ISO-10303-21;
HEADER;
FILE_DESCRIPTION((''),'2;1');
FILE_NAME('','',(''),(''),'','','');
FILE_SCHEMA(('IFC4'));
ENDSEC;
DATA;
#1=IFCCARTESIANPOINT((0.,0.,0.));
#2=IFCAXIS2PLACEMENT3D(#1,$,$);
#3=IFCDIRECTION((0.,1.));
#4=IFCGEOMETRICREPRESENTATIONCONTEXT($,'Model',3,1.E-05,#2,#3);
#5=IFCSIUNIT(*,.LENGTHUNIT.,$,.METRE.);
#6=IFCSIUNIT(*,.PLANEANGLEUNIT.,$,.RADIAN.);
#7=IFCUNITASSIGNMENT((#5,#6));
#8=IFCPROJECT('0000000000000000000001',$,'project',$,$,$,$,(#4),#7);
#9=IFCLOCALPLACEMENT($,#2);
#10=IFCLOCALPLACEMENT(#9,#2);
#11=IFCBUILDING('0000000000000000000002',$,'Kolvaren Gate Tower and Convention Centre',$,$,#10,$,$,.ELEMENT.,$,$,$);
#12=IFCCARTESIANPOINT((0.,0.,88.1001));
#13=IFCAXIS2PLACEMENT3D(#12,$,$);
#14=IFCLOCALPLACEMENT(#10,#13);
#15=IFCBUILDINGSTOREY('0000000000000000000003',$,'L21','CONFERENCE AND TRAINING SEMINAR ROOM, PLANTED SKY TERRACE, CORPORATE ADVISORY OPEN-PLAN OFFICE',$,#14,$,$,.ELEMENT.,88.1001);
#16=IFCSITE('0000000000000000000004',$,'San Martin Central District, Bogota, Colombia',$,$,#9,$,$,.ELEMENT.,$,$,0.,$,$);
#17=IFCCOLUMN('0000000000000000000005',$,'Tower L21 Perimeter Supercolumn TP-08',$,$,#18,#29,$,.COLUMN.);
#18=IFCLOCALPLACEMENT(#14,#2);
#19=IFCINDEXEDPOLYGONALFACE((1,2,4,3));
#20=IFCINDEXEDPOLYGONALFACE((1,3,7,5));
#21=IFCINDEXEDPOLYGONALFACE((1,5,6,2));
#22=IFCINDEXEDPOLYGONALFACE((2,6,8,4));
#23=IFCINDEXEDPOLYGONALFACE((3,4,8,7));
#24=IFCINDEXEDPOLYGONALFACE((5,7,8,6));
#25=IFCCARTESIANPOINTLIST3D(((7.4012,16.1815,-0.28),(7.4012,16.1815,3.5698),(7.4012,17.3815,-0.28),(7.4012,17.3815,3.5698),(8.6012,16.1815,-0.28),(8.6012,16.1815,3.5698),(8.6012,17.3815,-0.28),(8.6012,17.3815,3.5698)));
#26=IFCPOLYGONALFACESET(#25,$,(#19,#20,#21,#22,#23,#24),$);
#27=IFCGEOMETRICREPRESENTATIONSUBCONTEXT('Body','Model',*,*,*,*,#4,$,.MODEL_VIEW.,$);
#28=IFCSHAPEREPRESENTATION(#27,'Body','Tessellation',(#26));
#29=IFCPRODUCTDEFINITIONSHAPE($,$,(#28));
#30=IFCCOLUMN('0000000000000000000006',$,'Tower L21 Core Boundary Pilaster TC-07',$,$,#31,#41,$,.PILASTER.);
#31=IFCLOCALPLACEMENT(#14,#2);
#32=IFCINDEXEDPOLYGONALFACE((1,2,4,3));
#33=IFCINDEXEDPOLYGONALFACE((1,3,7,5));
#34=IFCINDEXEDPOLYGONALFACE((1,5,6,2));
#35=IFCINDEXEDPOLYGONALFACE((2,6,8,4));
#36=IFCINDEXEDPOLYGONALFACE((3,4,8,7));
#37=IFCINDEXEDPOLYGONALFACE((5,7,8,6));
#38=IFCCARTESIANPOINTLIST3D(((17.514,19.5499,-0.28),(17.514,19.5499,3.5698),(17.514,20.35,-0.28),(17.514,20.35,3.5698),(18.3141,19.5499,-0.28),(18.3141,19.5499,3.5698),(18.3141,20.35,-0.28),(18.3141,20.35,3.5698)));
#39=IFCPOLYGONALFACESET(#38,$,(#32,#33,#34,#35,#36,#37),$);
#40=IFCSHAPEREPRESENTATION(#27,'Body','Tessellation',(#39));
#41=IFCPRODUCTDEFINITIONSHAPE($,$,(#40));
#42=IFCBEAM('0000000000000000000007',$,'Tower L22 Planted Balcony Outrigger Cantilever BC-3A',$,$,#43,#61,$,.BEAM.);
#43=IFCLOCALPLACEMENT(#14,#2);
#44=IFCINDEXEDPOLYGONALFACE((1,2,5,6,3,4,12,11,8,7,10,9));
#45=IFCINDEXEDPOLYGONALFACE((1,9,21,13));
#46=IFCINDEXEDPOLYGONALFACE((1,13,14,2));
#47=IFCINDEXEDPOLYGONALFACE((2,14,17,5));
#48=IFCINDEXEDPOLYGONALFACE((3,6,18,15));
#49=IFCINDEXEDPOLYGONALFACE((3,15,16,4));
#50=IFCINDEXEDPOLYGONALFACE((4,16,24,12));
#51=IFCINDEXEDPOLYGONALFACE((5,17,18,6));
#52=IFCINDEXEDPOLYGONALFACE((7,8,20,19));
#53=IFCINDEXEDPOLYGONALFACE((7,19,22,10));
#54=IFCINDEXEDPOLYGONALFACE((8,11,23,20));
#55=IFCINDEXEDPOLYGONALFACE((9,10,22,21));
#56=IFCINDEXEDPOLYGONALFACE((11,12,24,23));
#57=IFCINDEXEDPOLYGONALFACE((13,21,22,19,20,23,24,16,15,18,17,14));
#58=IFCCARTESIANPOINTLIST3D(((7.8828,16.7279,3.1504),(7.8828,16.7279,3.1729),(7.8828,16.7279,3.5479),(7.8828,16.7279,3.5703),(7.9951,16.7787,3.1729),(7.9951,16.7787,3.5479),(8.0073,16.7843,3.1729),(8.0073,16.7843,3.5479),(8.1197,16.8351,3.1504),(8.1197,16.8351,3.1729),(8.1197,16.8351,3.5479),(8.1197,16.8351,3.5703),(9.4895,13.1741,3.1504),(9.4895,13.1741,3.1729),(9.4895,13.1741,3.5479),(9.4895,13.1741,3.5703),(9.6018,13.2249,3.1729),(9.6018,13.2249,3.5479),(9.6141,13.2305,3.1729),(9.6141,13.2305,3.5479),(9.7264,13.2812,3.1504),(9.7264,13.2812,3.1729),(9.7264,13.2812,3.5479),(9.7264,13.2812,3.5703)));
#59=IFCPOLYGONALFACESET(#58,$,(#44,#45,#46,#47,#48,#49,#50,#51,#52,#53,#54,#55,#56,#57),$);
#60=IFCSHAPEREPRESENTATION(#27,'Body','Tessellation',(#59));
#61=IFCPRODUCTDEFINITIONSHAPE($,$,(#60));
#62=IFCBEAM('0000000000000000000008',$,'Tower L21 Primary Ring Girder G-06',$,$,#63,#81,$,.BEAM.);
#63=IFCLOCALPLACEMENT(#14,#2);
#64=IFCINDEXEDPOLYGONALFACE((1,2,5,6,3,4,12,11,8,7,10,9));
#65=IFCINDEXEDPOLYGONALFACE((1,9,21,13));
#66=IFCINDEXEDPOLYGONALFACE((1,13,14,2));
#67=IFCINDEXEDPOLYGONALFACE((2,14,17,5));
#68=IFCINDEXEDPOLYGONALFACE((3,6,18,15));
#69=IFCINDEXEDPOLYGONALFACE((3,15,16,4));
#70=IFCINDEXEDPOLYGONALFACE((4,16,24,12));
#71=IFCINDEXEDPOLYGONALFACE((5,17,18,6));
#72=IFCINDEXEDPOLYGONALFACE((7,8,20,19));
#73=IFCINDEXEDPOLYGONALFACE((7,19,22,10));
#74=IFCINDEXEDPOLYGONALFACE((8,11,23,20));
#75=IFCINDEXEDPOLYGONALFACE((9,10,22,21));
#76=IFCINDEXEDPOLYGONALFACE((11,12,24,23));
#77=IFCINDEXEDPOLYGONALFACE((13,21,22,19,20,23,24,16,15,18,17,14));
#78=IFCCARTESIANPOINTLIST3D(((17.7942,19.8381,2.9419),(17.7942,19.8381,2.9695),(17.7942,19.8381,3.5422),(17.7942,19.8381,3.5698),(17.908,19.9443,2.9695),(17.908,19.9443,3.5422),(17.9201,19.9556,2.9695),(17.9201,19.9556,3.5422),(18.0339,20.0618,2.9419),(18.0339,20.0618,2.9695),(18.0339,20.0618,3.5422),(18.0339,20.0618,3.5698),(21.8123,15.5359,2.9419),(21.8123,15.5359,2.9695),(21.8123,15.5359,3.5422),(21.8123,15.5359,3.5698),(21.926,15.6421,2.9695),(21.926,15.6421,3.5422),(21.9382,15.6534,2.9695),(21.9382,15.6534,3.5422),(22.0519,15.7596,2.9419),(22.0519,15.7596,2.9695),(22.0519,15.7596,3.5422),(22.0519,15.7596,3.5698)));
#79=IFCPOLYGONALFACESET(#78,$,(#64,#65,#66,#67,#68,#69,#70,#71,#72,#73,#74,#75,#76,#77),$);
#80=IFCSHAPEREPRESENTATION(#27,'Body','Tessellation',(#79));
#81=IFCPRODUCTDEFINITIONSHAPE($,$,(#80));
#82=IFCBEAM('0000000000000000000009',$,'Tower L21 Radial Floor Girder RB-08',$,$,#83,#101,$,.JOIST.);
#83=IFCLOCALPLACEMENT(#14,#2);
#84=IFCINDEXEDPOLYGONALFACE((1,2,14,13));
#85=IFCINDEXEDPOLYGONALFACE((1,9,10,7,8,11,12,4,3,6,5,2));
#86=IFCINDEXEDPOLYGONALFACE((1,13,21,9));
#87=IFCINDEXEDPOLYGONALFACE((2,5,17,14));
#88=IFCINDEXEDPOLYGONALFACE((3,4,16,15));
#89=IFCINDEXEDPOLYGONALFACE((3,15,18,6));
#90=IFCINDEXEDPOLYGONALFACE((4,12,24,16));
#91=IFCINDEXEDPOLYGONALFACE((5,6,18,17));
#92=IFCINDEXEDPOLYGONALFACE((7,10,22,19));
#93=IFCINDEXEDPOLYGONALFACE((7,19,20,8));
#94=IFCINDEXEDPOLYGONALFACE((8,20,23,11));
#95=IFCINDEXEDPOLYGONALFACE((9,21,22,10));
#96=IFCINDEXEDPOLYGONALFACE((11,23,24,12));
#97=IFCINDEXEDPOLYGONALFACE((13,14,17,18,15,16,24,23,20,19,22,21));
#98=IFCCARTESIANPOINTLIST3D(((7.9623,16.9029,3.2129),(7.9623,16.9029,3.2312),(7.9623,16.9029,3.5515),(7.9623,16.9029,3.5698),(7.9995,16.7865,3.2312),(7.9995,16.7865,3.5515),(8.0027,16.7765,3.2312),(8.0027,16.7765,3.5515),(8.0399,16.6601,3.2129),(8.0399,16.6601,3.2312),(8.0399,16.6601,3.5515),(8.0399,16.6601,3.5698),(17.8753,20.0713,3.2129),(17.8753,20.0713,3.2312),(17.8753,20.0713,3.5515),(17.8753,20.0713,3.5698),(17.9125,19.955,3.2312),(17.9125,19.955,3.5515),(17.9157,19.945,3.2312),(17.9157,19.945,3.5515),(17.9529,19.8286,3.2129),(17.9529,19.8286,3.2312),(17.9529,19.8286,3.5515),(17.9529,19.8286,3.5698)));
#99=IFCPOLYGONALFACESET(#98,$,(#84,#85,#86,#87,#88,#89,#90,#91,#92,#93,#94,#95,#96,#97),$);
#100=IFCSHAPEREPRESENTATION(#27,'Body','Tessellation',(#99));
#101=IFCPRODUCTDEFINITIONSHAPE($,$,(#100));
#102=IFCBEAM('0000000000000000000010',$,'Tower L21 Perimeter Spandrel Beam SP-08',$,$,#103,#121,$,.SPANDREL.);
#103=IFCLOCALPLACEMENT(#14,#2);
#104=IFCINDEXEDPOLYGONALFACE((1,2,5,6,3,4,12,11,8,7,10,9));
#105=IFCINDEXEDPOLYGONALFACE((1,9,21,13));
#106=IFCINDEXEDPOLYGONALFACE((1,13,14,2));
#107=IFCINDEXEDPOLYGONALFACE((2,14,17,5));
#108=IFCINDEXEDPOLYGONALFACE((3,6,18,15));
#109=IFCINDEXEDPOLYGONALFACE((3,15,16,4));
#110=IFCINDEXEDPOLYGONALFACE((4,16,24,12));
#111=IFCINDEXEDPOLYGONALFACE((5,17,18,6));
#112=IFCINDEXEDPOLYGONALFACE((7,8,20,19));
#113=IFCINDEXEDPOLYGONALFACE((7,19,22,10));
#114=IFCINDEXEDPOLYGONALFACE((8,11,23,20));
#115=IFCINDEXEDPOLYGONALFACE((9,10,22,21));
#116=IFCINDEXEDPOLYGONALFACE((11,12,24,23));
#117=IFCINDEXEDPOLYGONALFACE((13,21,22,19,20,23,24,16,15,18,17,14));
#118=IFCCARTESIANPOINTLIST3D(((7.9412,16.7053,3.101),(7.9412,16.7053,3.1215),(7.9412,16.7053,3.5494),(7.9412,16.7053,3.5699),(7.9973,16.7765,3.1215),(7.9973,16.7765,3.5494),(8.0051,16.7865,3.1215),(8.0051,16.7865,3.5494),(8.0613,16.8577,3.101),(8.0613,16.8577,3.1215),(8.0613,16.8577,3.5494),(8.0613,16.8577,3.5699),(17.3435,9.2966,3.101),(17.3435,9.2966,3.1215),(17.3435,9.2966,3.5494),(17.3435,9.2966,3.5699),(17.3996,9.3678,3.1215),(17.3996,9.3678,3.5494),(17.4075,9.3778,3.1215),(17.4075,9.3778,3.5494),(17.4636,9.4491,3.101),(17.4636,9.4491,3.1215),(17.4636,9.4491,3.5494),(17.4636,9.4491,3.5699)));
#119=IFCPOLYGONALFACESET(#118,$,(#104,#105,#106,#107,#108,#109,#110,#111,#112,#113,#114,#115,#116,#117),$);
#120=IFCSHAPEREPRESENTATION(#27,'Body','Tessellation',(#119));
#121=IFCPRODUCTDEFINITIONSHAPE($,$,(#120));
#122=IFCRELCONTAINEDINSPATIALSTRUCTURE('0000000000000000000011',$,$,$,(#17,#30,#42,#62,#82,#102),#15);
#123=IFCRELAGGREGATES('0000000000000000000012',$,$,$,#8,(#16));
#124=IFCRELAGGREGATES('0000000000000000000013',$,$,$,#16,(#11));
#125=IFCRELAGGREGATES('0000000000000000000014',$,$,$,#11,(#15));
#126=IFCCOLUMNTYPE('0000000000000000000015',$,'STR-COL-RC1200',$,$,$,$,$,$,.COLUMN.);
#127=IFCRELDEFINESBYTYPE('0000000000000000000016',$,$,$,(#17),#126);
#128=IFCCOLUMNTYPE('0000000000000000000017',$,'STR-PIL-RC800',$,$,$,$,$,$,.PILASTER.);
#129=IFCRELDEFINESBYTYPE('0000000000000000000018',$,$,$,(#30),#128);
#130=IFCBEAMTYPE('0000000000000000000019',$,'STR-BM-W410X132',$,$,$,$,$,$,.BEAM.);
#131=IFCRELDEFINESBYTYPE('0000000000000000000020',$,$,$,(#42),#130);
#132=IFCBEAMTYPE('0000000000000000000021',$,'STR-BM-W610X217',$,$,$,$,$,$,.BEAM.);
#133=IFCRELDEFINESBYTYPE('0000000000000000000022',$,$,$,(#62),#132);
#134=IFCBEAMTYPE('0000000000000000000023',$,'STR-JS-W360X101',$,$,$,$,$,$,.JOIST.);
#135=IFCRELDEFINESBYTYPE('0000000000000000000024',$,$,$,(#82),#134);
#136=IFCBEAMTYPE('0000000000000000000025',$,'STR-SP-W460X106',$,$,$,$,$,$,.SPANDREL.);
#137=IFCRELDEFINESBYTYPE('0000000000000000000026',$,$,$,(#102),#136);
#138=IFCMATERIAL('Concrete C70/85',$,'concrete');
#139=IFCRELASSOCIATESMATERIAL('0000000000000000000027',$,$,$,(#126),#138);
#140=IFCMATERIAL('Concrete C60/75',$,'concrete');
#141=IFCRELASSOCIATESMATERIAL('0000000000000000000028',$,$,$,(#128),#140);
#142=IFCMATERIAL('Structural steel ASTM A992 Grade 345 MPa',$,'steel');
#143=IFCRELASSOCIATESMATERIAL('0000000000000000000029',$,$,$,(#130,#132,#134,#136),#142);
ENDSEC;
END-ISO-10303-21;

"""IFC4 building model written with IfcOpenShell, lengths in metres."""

from ifc_helpers import new_model, si_unit, direction, frame, origin, origin_2d, place, context, subcontext, project, spatial, rectangle, i_section, extrude, material, material_profile, profile_set, type_object, element, save


model = new_model("IFC4")

# Units and contexts
model_context = context("Model", 3, precision=1e-05, world=origin(), true_north=direction((0.0, 1.0)))
body_context = subcontext(model_context, "Body", "Model", "MODEL_VIEW")
ifc_project = project(units=[si_unit("LENGTHUNIT", "METRE"), si_unit("PLANEANGLEUNIT", "RADIAN")], contexts=[model_context])

# Site, building, storey
site_placement = place(None, origin())
site = spatial("IfcSite", under=ifc_project, at=site_placement, Name="San Martin Central District, Bogota, Colombia", CompositionType="ELEMENT", RefElevation=0.0)
building_placement = place(site_placement, origin())
building = spatial("IfcBuilding", under=site, at=building_placement, Name="Kolvaren Gate Tower and Convention Centre", CompositionType="ELEMENT")
storey_placement = place(building_placement, frame((0.0, 0.0, 88.1001)))
storey = spatial("IfcBuildingStorey", under=building, at=storey_placement, Name="L21", Description="CONFERENCE AND TRAINING SEMINAR ROOM, PLANTED SKY TERRACE, CORPORATE ADVISORY OPEN-PLAN OFFICE", CompositionType="ELEMENT", Elevation=88.1001)

# Columns
ifc_material_1 = material(Name="Concrete C70/85", Category="concrete")
ifc_material_profile_1 = material_profile(ifc_material_1, rectangle(XDim=1.2, YDim=1.2, at=origin_2d()), Name="RC-COL-1200X1200")
ifc_profile_set_1 = profile_set([ifc_material_profile_1], Name="Concrete C70/85")
column_type_1 = type_object("IfcColumnType", Name="STR-COL-RC1200", PredefinedType="COLUMN", material=ifc_profile_set_1)
column_1_placement = place(storey_placement, frame((8.0012, 16.7815, -0.28), z_axis=(0.0, 0.0, 1.0), x_axis=(1.0, 0.0, 0.0)))
element("IfcColumn", 1, at=column_1_placement, inside=storey, type_object=column_type_1, Name="Tower L21 Perimeter Supercolumn TP-08", PredefinedType="COLUMN", context=body_context, shape_type="SweptSolid", body=[
    extrude(rectangle(XDim=1.2, YDim=1.2, at=origin_2d()), origin(), (0.0, 0.0, 1.0), 3.8499),
])
ifc_material_2 = material(Name="Concrete C60/75", Category="concrete")
ifc_material_profile_2 = material_profile(ifc_material_2, rectangle(XDim=0.8, YDim=0.8, at=origin_2d()), Name="RC-COL-800X800")
ifc_profile_set_2 = profile_set([ifc_material_profile_2], Name="Concrete C60/75")
column_type_2 = type_object("IfcColumnType", Name="STR-PIL-RC800", PredefinedType="PILASTER", material=ifc_profile_set_2)
column_2_placement = place(storey_placement, frame((17.9141, 19.95, -0.28), z_axis=(0.0, 0.0, 1.0), x_axis=(1.0, 0.0, 0.0)))
element("IfcColumn", 2, at=column_2_placement, inside=storey, type_object=column_type_2, Name="Tower L21 Core Boundary Pilaster TC-07", PredefinedType="PILASTER", context=body_context, shape_type="SweptSolid", body=[
    extrude(rectangle(XDim=0.8, YDim=0.8, at=origin_2d()), origin(), (0.0, 0.0, 1.0), 3.8499),
])

# Beams
ifc_material_3 = material(Name="Structural steel ASTM A992 Grade 345 MPa", Category="steel")
ifc_material_profile_3 = material_profile(ifc_material_3, i_section(OverallWidth=0.26, OverallDepth=0.4199, WebThickness=0.0134, FlangeThickness=0.0225, at=origin_2d()), Name="W410X132")
ifc_profile_set_3 = profile_set([ifc_material_profile_3], Name="Structural steel ASTM A992 Grade 345 MPa")
beam_type_1 = type_object("IfcBeamType", Name="STR-BM-W410X132", PredefinedType="BEAM", material=ifc_profile_set_3)
beam_1_placement = place(storey_placement, frame((8.0012, 16.7815, 3.3604), z_axis=(0.411967, -0.911199, 0.0), x_axis=(0.911199, 0.411967, 0.0)))
element("IfcBeam", 3, at=beam_1_placement, inside=storey, type_object=beam_type_1, Name="Tower L22 Planted Balcony Outrigger Cantilever BC-3A", PredefinedType="BEAM", context=body_context, shape_type="SweptSolid", body=[
    extrude(i_section(OverallWidth=0.26, OverallDepth=0.4199, WebThickness=0.0134, FlangeThickness=0.0225, at=origin_2d()), origin(), (0.0, 0.0, 1.0), 3.9001),
])
ifc_material_profile_4 = material_profile(ifc_material_3, i_section(OverallWidth=0.3279, OverallDepth=0.6279, WebThickness=0.0166, FlangeThickness=0.0276, at=origin_2d()), Name="W610X217")
ifc_profile_set_4 = profile_set([ifc_material_profile_4], Name="Structural steel ASTM A992 Grade 345 MPa")
beam_type_2 = type_object("IfcBeamType", Name="STR-BM-W610X217", PredefinedType="BEAM", material=ifc_profile_set_4)
beam_2_placement = place(storey_placement, frame((17.9141, 19.95, 3.2559), z_axis=(0.682558, -0.730832, 0.0), x_axis=(0.730832, 0.682558, 0.0)))
element("IfcBeam", 4, at=beam_2_placement, inside=storey, type_object=beam_type_2, Name="Tower L21 Primary Ring Girder G-06", PredefinedType="BEAM", context=body_context, shape_type="SweptSolid", body=[
    extrude(i_section(OverallWidth=0.3279, OverallDepth=0.6279, WebThickness=0.0166, FlangeThickness=0.0276, at=origin_2d()), origin(), (0.0, 0.0, 1.0), 5.8867),
])
ifc_material_profile_5 = material_profile(ifc_material_3, i_section(OverallWidth=0.2549, OverallDepth=0.3569, WebThickness=0.0105, FlangeThickness=0.0183, at=origin_2d()), Name="W360X101")
ifc_profile_set_5 = profile_set([ifc_material_profile_5], Name="Structural steel ASTM A992 Grade 345 MPa")
beam_type_3 = type_object("IfcBeamType", Name="STR-JS-W360X101", PredefinedType="JOIST", material=ifc_profile_set_5)
beam_3_placement = place(storey_placement, frame((17.9141, 19.95, 3.3914), z_axis=(-0.952526, -0.304457, 0.0), x_axis=(0.304457, -0.952526, 0.0)))
element("IfcBeam", 5, at=beam_3_placement, inside=storey, type_object=beam_type_3, Name="Tower L21 Radial Floor Girder RB-08", PredefinedType="JOIST", context=body_context, shape_type="SweptSolid", body=[
    extrude(i_section(OverallWidth=0.2549, OverallDepth=0.3569, WebThickness=0.0105, FlangeThickness=0.0183, at=origin_2d()), origin(), (0.0, 0.0, 1.0), 10.407),
])
ifc_material_profile_6 = material_profile(ifc_material_3, i_section(OverallWidth=0.1941, OverallDepth=0.469, WebThickness=0.0127, FlangeThickness=0.0205, at=origin_2d()), Name="W460X106")
ifc_profile_set_6 = profile_set([ifc_material_profile_6], Name="Structural steel ASTM A992 Grade 345 MPa")
beam_type_4 = type_object("IfcBeamType", Name="STR-SP-W460X106", PredefinedType="SPANDREL", material=ifc_profile_set_6)
beam_4_placement = place(storey_placement, frame((8.0012, 16.7815, 3.3354), z_axis=(0.78546, -0.618913, 0.0), x_axis=(0.618913, 0.78546, 0.0)))
element("IfcBeam", 6, at=beam_4_placement, inside=storey, type_object=beam_type_4, Name="Tower L21 Perimeter Spandrel Beam SP-08", PredefinedType="SPANDREL", context=body_context, shape_type="SweptSolid", body=[
    extrude(i_section(OverallWidth=0.1941, OverallDepth=0.469, WebThickness=0.0127, FlangeThickness=0.0205, at=origin_2d()), origin(), (0.0, 0.0, 1.0), 11.9705),
])

save(model, "model.ifc")
